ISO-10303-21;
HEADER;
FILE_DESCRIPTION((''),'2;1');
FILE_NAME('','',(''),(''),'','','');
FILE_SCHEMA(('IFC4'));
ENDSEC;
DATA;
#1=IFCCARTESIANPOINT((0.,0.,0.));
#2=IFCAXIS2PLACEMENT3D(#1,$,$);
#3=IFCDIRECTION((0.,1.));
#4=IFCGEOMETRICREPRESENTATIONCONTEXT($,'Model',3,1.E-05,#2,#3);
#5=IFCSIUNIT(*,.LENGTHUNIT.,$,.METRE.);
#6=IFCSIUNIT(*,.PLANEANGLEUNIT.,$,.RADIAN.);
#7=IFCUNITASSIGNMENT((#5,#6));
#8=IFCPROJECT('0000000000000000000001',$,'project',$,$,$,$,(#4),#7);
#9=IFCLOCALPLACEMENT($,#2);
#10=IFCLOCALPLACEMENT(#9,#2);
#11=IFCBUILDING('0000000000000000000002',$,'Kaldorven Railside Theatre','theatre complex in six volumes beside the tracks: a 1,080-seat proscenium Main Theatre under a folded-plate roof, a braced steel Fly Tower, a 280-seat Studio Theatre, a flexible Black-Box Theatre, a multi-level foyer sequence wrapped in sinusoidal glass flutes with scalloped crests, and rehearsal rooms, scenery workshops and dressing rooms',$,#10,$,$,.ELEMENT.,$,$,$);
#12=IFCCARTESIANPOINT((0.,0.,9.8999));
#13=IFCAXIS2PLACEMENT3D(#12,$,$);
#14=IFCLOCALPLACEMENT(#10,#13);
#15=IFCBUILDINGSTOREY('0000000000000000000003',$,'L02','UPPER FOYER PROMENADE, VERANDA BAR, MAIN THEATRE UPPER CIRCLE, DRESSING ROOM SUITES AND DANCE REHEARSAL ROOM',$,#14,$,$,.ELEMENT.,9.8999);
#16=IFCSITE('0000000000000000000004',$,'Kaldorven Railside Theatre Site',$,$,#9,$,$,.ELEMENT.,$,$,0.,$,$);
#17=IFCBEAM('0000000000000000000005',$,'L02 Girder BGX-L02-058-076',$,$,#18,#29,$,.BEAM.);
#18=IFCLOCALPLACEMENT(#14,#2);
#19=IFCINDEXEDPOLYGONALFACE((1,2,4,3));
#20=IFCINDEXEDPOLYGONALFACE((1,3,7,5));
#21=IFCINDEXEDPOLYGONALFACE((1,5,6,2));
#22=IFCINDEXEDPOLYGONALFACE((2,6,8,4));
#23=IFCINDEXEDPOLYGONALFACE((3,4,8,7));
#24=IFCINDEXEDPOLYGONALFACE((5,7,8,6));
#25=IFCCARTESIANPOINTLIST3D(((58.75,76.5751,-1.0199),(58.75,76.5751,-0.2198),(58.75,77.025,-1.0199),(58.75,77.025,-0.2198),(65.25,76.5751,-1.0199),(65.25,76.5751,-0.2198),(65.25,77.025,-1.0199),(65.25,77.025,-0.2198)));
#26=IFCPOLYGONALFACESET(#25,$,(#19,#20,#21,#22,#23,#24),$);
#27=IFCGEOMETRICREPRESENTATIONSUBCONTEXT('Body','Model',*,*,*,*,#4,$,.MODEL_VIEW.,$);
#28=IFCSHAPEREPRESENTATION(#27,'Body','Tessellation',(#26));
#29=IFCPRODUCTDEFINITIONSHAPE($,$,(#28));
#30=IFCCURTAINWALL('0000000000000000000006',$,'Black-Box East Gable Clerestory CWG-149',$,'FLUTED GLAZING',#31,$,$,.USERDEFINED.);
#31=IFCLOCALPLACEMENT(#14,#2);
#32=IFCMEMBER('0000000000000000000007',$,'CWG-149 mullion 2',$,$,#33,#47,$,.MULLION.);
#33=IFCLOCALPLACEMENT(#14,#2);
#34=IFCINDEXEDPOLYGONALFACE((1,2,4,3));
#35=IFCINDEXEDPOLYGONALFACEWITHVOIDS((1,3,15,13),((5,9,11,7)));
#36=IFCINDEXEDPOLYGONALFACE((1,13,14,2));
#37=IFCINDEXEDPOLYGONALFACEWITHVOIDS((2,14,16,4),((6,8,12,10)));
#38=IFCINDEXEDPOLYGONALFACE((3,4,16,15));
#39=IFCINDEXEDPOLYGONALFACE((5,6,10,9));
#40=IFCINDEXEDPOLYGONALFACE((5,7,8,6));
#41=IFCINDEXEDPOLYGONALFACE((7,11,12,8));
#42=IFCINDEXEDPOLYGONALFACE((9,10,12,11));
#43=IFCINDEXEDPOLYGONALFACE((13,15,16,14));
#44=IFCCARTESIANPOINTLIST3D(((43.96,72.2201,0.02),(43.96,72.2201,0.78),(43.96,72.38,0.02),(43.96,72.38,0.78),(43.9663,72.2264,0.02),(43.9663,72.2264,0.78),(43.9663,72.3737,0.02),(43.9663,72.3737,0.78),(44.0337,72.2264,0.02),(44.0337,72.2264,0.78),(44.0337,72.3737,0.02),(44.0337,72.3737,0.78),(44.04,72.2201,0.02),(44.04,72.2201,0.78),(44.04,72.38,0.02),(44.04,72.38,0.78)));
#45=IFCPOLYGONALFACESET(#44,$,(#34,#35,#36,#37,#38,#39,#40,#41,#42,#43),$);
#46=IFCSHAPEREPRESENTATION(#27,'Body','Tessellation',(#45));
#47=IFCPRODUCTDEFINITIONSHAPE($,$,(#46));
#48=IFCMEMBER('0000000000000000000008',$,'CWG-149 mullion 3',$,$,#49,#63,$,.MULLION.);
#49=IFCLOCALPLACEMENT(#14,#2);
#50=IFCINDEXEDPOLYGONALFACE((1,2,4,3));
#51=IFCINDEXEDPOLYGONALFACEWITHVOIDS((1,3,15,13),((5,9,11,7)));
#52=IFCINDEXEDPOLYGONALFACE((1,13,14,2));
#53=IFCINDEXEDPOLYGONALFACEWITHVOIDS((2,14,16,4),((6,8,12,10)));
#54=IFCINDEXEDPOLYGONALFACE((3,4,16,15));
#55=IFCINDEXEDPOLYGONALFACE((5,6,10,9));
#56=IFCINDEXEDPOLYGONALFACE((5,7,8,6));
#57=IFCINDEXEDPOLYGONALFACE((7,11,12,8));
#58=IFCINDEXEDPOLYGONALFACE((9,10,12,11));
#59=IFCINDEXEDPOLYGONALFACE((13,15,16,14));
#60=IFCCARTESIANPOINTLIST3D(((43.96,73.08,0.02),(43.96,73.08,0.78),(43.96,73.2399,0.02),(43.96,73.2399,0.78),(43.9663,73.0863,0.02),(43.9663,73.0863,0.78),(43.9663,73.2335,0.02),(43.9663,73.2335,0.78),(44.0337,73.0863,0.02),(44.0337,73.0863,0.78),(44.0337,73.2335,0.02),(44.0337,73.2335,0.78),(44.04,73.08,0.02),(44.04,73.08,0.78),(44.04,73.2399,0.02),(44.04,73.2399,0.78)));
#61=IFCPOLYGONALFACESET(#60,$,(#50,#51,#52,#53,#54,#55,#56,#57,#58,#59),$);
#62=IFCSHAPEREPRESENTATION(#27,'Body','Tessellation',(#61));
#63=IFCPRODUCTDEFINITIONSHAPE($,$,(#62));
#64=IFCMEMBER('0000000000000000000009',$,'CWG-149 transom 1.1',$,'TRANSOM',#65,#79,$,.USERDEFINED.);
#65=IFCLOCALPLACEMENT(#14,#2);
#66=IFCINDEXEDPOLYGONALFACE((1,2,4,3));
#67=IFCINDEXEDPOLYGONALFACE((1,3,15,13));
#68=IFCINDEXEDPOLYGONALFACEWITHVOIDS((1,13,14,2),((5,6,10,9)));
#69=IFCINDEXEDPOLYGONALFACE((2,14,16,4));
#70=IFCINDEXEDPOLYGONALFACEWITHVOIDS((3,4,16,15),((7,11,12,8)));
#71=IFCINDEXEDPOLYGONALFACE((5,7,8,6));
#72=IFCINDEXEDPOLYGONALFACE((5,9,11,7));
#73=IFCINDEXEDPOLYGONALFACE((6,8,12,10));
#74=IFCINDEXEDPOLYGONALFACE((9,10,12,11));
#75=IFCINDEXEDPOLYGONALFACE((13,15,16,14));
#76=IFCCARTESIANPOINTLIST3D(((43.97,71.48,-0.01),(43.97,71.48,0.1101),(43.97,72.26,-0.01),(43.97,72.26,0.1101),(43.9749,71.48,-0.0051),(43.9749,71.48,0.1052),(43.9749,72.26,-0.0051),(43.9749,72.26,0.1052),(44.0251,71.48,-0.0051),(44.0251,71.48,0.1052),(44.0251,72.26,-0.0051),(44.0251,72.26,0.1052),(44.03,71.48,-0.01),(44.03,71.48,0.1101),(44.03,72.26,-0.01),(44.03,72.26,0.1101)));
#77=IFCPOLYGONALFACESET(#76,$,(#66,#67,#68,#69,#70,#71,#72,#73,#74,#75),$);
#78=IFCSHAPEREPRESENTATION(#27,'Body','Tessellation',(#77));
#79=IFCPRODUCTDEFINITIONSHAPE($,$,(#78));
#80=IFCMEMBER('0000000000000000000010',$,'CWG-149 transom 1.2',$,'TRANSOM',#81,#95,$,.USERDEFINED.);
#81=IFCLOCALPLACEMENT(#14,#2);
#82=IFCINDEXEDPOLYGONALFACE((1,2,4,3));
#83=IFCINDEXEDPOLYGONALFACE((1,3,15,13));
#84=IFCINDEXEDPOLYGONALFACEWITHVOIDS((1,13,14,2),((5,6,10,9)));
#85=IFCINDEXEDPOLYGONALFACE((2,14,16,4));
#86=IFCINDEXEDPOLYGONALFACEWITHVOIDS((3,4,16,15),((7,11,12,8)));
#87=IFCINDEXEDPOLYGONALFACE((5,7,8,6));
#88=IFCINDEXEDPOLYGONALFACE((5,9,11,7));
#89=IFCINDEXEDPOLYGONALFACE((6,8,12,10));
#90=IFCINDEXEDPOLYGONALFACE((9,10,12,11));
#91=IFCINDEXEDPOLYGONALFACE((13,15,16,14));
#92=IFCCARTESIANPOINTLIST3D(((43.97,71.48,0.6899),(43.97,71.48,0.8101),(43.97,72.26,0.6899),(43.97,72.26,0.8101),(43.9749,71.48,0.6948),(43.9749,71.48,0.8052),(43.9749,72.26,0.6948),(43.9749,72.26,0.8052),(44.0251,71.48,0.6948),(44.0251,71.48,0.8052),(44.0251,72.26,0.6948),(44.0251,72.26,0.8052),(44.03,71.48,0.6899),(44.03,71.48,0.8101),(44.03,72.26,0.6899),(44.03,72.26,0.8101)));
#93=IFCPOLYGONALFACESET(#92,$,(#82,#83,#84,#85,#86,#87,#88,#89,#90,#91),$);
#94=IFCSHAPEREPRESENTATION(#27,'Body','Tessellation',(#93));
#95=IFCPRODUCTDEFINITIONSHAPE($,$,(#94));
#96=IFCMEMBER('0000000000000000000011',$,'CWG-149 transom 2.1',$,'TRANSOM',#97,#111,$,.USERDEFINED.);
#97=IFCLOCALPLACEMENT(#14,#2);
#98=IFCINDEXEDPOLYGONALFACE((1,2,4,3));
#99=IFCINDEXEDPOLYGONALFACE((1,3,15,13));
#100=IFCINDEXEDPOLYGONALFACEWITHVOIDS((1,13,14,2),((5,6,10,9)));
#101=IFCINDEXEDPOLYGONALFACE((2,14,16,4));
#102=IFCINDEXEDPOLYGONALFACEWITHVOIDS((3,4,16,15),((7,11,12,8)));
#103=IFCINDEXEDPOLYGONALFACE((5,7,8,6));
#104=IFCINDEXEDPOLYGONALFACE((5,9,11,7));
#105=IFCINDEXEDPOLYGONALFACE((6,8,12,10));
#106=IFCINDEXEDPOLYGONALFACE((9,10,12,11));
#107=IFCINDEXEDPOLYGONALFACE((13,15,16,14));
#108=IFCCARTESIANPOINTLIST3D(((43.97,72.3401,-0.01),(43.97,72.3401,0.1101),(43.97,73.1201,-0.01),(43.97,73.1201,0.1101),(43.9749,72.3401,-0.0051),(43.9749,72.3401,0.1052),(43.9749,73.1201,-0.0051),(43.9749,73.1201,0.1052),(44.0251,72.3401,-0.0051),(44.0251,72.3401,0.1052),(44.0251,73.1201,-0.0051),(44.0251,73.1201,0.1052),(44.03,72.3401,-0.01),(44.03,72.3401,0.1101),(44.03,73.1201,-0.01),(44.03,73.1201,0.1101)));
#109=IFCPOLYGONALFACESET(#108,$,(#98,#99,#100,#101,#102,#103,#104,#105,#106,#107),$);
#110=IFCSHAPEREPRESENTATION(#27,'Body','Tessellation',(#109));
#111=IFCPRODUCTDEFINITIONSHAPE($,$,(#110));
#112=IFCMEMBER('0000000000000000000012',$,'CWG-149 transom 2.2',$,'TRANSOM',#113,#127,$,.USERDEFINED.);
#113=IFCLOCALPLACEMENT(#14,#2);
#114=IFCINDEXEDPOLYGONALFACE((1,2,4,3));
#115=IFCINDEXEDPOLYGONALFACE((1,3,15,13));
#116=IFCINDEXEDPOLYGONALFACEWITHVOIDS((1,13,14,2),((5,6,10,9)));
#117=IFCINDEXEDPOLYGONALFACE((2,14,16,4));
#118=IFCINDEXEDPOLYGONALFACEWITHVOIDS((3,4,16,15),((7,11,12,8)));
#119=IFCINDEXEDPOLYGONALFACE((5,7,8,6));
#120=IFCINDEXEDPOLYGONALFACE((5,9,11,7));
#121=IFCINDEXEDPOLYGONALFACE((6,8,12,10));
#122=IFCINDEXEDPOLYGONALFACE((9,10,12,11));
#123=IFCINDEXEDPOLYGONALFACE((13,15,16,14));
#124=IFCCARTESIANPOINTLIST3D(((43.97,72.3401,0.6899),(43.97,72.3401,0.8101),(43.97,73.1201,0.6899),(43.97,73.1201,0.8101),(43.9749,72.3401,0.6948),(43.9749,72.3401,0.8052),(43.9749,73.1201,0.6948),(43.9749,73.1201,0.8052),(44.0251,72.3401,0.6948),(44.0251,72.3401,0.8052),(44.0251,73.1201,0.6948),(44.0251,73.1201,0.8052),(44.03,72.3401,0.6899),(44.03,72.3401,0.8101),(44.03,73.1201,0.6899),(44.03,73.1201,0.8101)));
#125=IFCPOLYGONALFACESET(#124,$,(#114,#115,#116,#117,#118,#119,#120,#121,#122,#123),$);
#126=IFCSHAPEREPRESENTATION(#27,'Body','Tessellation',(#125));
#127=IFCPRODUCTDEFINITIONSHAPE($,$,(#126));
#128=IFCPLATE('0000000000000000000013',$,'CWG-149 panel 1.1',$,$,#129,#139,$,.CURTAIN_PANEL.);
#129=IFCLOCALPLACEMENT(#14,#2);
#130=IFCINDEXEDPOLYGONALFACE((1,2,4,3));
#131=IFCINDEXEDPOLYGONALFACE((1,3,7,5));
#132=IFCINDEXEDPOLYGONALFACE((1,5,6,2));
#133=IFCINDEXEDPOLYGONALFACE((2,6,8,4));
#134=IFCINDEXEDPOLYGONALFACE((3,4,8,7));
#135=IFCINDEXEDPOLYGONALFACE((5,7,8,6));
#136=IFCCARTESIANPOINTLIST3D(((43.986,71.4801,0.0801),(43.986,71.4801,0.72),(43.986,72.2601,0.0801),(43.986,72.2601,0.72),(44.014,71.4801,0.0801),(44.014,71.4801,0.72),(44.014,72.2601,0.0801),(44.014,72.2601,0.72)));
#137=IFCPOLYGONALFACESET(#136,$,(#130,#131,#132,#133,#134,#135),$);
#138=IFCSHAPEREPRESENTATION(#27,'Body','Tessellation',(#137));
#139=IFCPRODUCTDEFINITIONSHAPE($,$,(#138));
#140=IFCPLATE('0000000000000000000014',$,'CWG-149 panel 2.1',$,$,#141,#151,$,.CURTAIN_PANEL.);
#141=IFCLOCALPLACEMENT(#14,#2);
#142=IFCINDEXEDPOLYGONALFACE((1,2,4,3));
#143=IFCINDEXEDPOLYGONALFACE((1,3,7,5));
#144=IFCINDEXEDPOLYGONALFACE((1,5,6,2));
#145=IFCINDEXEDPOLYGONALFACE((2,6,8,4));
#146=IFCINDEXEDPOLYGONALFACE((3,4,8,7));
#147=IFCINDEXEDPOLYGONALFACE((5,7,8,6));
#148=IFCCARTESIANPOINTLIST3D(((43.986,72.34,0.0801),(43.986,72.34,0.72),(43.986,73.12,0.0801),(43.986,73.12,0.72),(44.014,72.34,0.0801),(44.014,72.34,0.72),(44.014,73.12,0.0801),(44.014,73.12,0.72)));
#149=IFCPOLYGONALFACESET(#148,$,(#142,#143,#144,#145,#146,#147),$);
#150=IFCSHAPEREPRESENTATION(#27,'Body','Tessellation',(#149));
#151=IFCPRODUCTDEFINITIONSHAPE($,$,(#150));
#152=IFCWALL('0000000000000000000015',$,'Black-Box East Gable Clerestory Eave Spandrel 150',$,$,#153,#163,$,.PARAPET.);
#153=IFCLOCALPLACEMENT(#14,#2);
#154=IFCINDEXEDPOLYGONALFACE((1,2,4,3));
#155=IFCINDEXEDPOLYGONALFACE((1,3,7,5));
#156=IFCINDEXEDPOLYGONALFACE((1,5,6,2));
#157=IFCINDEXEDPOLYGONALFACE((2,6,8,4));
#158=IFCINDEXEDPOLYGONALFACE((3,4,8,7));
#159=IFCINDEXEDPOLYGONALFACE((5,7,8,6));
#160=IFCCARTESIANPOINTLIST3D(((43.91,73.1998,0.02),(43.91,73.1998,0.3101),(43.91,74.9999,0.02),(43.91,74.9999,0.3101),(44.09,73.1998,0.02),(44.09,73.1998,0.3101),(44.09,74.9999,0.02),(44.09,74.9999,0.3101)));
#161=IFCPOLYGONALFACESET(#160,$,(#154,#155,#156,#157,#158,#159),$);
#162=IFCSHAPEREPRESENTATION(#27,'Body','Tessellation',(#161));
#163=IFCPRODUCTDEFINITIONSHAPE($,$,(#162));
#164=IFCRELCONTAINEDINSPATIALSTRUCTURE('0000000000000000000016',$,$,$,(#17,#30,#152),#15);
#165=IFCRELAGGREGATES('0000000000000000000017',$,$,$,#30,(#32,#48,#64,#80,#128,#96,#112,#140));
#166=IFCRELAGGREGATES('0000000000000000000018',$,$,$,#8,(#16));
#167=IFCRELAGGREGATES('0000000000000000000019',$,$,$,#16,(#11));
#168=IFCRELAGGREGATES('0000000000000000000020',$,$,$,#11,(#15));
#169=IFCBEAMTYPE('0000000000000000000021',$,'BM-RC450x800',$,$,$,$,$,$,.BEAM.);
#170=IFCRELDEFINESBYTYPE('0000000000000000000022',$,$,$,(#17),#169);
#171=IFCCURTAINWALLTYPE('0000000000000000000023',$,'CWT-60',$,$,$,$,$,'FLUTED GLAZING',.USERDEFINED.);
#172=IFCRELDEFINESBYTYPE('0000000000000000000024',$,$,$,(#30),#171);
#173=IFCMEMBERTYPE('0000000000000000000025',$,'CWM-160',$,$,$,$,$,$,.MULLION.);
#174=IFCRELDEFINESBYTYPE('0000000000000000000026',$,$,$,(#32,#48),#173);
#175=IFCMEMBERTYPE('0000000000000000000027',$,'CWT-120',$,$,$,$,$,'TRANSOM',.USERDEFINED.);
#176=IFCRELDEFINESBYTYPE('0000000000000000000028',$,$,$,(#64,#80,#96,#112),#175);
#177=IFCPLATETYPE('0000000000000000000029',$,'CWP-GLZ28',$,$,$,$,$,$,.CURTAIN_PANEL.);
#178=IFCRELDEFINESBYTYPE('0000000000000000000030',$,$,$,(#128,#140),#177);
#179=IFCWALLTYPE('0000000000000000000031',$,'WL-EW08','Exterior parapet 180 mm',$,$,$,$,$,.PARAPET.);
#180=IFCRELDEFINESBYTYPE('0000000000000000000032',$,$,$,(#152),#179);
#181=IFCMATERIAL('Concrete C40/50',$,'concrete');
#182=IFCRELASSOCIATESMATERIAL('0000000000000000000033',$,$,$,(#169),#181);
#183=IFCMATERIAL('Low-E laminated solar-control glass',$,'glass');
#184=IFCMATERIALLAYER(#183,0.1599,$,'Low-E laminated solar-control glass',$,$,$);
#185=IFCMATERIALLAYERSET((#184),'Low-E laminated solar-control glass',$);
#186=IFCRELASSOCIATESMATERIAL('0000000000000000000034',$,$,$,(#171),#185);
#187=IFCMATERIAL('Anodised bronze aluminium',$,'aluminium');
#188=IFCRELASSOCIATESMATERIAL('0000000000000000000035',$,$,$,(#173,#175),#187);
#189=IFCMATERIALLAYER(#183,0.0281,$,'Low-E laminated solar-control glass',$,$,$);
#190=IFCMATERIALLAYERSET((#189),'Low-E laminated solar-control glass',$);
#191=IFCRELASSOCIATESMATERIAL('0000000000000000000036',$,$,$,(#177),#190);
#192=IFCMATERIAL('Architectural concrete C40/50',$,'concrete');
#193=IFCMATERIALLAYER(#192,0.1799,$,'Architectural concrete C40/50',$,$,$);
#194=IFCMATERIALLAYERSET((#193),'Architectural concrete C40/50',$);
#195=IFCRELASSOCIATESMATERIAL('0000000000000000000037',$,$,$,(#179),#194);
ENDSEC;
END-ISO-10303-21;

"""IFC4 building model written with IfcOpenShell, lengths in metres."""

from ifc_helpers import new_model, si_unit, direction, frame, frame_2d, origin, origin_2d, place, context, subcontext, project, spatial, rectangle, hollow_rectangle, extrude, material, layer, layer_set, material_profile, profile_set, type_object, element, aggregate, save


model = new_model("IFC4")

# Units and contexts
model_context = context("Model", 3, precision=1e-05, world=origin(), true_north=direction((0.0, 1.0)))
body_context = subcontext(model_context, "Body", "Model", "MODEL_VIEW")
ifc_project = project(units=[si_unit("LENGTHUNIT", "METRE"), si_unit("PLANEANGLEUNIT", "RADIAN")], contexts=[model_context])

# Site, building, storey
site_placement = place(None, origin())
site = spatial("IfcSite", under=ifc_project, at=site_placement, Name="Kaldorven Railside Theatre Site", CompositionType="ELEMENT", RefElevation=0.0)
building_placement = place(site_placement, origin())
building = spatial("IfcBuilding", under=site, at=building_placement, Name="Kaldorven Railside Theatre", Description="theatre complex in six volumes beside the tracks: a 1,080-seat proscenium Main Theatre under a folded-plate roof, a braced steel Fly Tower, a 280-seat Studio Theatre, a flexible Black-Box Theatre, a multi-level foyer sequence wrapped in sinusoidal glass flutes with scalloped crests, and rehearsal rooms, scenery workshops and dressing rooms", CompositionType="ELEMENT")
storey_placement = place(building_placement, frame((0.0, 0.0, 9.8999)))
storey = spatial("IfcBuildingStorey", under=building, at=storey_placement, Name="L02", Description="UPPER FOYER PROMENADE, VERANDA BAR, MAIN THEATRE UPPER CIRCLE, DRESSING ROOM SUITES AND DANCE REHEARSAL ROOM", CompositionType="ELEMENT", Elevation=9.8999)

# Beam
ifc_material_1 = material(Name="Concrete C40/50", Category="concrete")
ifc_material_profile_1 = material_profile(ifc_material_1, rectangle(XDim=0.45, YDim=0.8, at=origin_2d()), Name="RC 450x800")
ifc_profile_set_1 = profile_set([ifc_material_profile_1], Name="Concrete C40/50")
beam_type_1 = type_object("IfcBeamType", Name="BM-RC450x800", PredefinedType="BEAM", material=ifc_profile_set_1)
for number, where, z_axis, x_axis, name in (
    (1, (58.75, 76.8, -0.6199), (1.0, 0.0, 0.0), (0.0, 1.0, 0.0), "L02 Girder BGX-L02-058-076"),
):
    element("IfcBeam", number, at=place(storey_placement, frame(where, z_axis=z_axis, x_axis=x_axis)), inside=storey, type_object=beam_type_1, Name=name, PredefinedType="BEAM", context=body_context, shape_type="SweptSolid", body=[
        extrude(rectangle(XDim=0.45, YDim=0.8, at=origin_2d()), origin(), (0.0, 0.0, 1.0), 6.5),
    ])

# Curtain wall, members, plates
ifc_material_2 = material(Name="Low-E laminated solar-control glass", Category="glass")
ifc_layer_1 = layer(ifc_material_2, 0.1599, Name="Low-E laminated solar-control glass")
ifc_layer_set_1 = layer_set([ifc_layer_1], Name="Low-E laminated solar-control glass")
curtain_wall_type = type_object("IfcCurtainWallType", Name="CWT-60", ElementType="FLUTED GLAZING", PredefinedType="USERDEFINED", material=ifc_layer_set_1)
curtain_wall_placement = place(storey_placement, origin())
curtain_wall = element("IfcCurtainWall", 2, at=curtain_wall_placement, inside=storey, type_object=curtain_wall_type, Name="Black-Box East Gable Clerestory CWG-149", ObjectType="FLUTED GLAZING", PredefinedType="USERDEFINED")
ifc_material_3 = material(Name="Anodised bronze aluminium", Category="aluminium")
ifc_material_profile_2 = material_profile(ifc_material_3, hollow_rectangle(XDim=0.0801, YDim=0.1599, WallThickness=0.0063, at=origin_2d()), Name="RHS 160x80x6.3")
ifc_profile_set_2 = profile_set([ifc_material_profile_2], Name="Anodised bronze aluminium")
member_type_1 = type_object("IfcMemberType", Name="CWM-160", PredefinedType="MULLION", material=ifc_profile_set_2)
member_1_placement = place(storey_placement, frame((44.0, 72.3, 0.02), z_axis=(0.0, 0.0, 1.0), x_axis=(-1.0, 0.0, 0.0)))
member_1 = element("IfcMember", 3, at=member_1_placement, type_object=member_type_1, Name="CWG-149 mullion 2", PredefinedType="MULLION", context=body_context, shape_type="SweptSolid", body=[
    extrude(hollow_rectangle(XDim=0.0801, YDim=0.1599, WallThickness=0.0063, at=origin_2d()), origin(), (0.0, 0.0, 1.0), 0.76),
])
member_2_placement = place(storey_placement, frame((44.0, 73.1599, 0.02), z_axis=(0.0, 0.0, 1.0), x_axis=(-1.0, 0.0, 0.0)))
member_2 = element("IfcMember", 4, at=member_2_placement, type_object=member_type_1, Name="CWG-149 mullion 3", PredefinedType="MULLION", context=body_context, shape_type="SweptSolid", body=[
    extrude(hollow_rectangle(XDim=0.0801, YDim=0.1599, WallThickness=0.0063, at=origin_2d()), origin(), (0.0, 0.0, 1.0), 0.76),
])
ifc_material_profile_3 = material_profile(ifc_material_3, hollow_rectangle(XDim=0.0601, YDim=0.1201, WallThickness=0.0049, at=origin_2d()), Name="RHS 120x60x5")
ifc_profile_set_3 = profile_set([ifc_material_profile_3], Name="Anodised bronze aluminium")
member_type_2 = type_object("IfcMemberType", Name="CWT-120", ElementType="TRANSOM", PredefinedType="USERDEFINED", material=ifc_profile_set_3)
member_3_placement = place(storey_placement, frame((44.0, 71.48, 0.05), z_axis=(0.0, 1.0, 0.0), x_axis=(-1.0, 0.0, 0.0)))
member_3 = element("IfcMember", 5, at=member_3_placement, type_object=member_type_2, Name="CWG-149 transom 1.1", ObjectType="TRANSOM", PredefinedType="USERDEFINED", context=body_context, shape_type="SweptSolid", body=[
    extrude(hollow_rectangle(XDim=0.0601, YDim=0.1201, WallThickness=0.0049, at=origin_2d()), origin(), (0.0, 0.0, 1.0), 0.78),
])
member_4_placement = place(storey_placement, frame((44.0, 71.48, 0.75), z_axis=(0.0, 1.0, 0.0), x_axis=(-1.0, 0.0, 0.0)))
member_4 = element("IfcMember", 6, at=member_4_placement, type_object=member_type_2, Name="CWG-149 transom 1.2", ObjectType="TRANSOM", PredefinedType="USERDEFINED", context=body_context, shape_type="SweptSolid", body=[
    extrude(hollow_rectangle(XDim=0.0601, YDim=0.1201, WallThickness=0.0049, at=origin_2d()), origin(), (0.0, 0.0, 1.0), 0.78),
])
member_5_placement = place(storey_placement, frame((44.0, 72.3401, 0.05), z_axis=(0.0, 1.0, 0.0), x_axis=(-1.0, 0.0, 0.0)))
member_5 = element("IfcMember", 7, at=member_5_placement, type_object=member_type_2, Name="CWG-149 transom 2.1", ObjectType="TRANSOM", PredefinedType="USERDEFINED", context=body_context, shape_type="SweptSolid", body=[
    extrude(hollow_rectangle(XDim=0.0601, YDim=0.1201, WallThickness=0.0049, at=origin_2d()), origin(), (0.0, 0.0, 1.0), 0.78),
])
member_6_placement = place(storey_placement, frame((44.0, 72.3401, 0.75), z_axis=(0.0, 1.0, 0.0), x_axis=(-1.0, 0.0, 0.0)))
member_6 = element("IfcMember", 8, at=member_6_placement, type_object=member_type_2, Name="CWG-149 transom 2.2", ObjectType="TRANSOM", PredefinedType="USERDEFINED", context=body_context, shape_type="SweptSolid", body=[
    extrude(hollow_rectangle(XDim=0.0601, YDim=0.1201, WallThickness=0.0049, at=origin_2d()), origin(), (0.0, 0.0, 1.0), 0.78),
])
ifc_layer_2 = layer(ifc_material_2, 0.0281, Name="Low-E laminated solar-control glass")
ifc_layer_set_2 = layer_set([ifc_layer_2], Name="Low-E laminated solar-control glass")
plate_type = type_object("IfcPlateType", Name="CWP-GLZ28", PredefinedType="CURTAIN_PANEL", material=ifc_layer_set_2)
plate_1_placement = place(storey_placement, frame((44.0, 71.8701, 0.0801), z_axis=(0.0, 0.0, 1.0), x_axis=(0.0, 1.0, 0.0)))
plate_1 = element("IfcPlate", 9, at=plate_1_placement, type_object=plate_type, Name="CWG-149 panel 1.1", PredefinedType="CURTAIN_PANEL", context=body_context, shape_type="SweptSolid", body=[
    extrude(rectangle(XDim=0.78, YDim=0.0281, at=origin_2d()), origin(), (0.0, 0.0, 1.0), 0.6399),
])
plate_2_placement = place(storey_placement, frame((44.0, 72.73, 0.0801), z_axis=(0.0, 0.0, 1.0), x_axis=(0.0, 1.0, 0.0)))
plate_2 = element("IfcPlate", 10, at=plate_2_placement, type_object=plate_type, Name="CWG-149 panel 2.1", PredefinedType="CURTAIN_PANEL", context=body_context, shape_type="SweptSolid", body=[
    extrude(rectangle(XDim=0.78, YDim=0.0281, at=origin_2d()), origin(), (0.0, 0.0, 1.0), 0.6399),
])
aggregate(curtain_wall, [member_1, member_2, member_3, member_4, plate_1, member_5, member_6, plate_2])

# Wall
ifc_material_4 = material(Name="Architectural concrete C40/50", Category="concrete")
ifc_layer_3 = layer(ifc_material_4, 0.1799, Name="Architectural concrete C40/50")
ifc_layer_set_3 = layer_set([ifc_layer_3], Name="Architectural concrete C40/50")
wall_type = type_object("IfcWallType", Name="WL-EW08", Description="Exterior parapet 180 mm", PredefinedType="PARAPET", material=ifc_layer_set_3)
wall_placement = place(storey_placement, frame((44.0, 73.2, 0.02), z_axis=(0.0, 0.0, 1.0), x_axis=(0.0, 1.0, 0.0)))
element("IfcWall", 11, at=wall_placement, inside=storey, type_object=wall_type, Name="Black-Box East Gable Clerestory Eave Spandrel 150", PredefinedType="PARAPET", context=body_context, shape_type="SweptSolid", body=[
    extrude(rectangle(XDim=1.8, YDim=0.1799, at=frame_2d((0.8999, 0.0))), origin(), (0.0, 0.0, 1.0), 0.29),
])

save(model, "model.ifc")
